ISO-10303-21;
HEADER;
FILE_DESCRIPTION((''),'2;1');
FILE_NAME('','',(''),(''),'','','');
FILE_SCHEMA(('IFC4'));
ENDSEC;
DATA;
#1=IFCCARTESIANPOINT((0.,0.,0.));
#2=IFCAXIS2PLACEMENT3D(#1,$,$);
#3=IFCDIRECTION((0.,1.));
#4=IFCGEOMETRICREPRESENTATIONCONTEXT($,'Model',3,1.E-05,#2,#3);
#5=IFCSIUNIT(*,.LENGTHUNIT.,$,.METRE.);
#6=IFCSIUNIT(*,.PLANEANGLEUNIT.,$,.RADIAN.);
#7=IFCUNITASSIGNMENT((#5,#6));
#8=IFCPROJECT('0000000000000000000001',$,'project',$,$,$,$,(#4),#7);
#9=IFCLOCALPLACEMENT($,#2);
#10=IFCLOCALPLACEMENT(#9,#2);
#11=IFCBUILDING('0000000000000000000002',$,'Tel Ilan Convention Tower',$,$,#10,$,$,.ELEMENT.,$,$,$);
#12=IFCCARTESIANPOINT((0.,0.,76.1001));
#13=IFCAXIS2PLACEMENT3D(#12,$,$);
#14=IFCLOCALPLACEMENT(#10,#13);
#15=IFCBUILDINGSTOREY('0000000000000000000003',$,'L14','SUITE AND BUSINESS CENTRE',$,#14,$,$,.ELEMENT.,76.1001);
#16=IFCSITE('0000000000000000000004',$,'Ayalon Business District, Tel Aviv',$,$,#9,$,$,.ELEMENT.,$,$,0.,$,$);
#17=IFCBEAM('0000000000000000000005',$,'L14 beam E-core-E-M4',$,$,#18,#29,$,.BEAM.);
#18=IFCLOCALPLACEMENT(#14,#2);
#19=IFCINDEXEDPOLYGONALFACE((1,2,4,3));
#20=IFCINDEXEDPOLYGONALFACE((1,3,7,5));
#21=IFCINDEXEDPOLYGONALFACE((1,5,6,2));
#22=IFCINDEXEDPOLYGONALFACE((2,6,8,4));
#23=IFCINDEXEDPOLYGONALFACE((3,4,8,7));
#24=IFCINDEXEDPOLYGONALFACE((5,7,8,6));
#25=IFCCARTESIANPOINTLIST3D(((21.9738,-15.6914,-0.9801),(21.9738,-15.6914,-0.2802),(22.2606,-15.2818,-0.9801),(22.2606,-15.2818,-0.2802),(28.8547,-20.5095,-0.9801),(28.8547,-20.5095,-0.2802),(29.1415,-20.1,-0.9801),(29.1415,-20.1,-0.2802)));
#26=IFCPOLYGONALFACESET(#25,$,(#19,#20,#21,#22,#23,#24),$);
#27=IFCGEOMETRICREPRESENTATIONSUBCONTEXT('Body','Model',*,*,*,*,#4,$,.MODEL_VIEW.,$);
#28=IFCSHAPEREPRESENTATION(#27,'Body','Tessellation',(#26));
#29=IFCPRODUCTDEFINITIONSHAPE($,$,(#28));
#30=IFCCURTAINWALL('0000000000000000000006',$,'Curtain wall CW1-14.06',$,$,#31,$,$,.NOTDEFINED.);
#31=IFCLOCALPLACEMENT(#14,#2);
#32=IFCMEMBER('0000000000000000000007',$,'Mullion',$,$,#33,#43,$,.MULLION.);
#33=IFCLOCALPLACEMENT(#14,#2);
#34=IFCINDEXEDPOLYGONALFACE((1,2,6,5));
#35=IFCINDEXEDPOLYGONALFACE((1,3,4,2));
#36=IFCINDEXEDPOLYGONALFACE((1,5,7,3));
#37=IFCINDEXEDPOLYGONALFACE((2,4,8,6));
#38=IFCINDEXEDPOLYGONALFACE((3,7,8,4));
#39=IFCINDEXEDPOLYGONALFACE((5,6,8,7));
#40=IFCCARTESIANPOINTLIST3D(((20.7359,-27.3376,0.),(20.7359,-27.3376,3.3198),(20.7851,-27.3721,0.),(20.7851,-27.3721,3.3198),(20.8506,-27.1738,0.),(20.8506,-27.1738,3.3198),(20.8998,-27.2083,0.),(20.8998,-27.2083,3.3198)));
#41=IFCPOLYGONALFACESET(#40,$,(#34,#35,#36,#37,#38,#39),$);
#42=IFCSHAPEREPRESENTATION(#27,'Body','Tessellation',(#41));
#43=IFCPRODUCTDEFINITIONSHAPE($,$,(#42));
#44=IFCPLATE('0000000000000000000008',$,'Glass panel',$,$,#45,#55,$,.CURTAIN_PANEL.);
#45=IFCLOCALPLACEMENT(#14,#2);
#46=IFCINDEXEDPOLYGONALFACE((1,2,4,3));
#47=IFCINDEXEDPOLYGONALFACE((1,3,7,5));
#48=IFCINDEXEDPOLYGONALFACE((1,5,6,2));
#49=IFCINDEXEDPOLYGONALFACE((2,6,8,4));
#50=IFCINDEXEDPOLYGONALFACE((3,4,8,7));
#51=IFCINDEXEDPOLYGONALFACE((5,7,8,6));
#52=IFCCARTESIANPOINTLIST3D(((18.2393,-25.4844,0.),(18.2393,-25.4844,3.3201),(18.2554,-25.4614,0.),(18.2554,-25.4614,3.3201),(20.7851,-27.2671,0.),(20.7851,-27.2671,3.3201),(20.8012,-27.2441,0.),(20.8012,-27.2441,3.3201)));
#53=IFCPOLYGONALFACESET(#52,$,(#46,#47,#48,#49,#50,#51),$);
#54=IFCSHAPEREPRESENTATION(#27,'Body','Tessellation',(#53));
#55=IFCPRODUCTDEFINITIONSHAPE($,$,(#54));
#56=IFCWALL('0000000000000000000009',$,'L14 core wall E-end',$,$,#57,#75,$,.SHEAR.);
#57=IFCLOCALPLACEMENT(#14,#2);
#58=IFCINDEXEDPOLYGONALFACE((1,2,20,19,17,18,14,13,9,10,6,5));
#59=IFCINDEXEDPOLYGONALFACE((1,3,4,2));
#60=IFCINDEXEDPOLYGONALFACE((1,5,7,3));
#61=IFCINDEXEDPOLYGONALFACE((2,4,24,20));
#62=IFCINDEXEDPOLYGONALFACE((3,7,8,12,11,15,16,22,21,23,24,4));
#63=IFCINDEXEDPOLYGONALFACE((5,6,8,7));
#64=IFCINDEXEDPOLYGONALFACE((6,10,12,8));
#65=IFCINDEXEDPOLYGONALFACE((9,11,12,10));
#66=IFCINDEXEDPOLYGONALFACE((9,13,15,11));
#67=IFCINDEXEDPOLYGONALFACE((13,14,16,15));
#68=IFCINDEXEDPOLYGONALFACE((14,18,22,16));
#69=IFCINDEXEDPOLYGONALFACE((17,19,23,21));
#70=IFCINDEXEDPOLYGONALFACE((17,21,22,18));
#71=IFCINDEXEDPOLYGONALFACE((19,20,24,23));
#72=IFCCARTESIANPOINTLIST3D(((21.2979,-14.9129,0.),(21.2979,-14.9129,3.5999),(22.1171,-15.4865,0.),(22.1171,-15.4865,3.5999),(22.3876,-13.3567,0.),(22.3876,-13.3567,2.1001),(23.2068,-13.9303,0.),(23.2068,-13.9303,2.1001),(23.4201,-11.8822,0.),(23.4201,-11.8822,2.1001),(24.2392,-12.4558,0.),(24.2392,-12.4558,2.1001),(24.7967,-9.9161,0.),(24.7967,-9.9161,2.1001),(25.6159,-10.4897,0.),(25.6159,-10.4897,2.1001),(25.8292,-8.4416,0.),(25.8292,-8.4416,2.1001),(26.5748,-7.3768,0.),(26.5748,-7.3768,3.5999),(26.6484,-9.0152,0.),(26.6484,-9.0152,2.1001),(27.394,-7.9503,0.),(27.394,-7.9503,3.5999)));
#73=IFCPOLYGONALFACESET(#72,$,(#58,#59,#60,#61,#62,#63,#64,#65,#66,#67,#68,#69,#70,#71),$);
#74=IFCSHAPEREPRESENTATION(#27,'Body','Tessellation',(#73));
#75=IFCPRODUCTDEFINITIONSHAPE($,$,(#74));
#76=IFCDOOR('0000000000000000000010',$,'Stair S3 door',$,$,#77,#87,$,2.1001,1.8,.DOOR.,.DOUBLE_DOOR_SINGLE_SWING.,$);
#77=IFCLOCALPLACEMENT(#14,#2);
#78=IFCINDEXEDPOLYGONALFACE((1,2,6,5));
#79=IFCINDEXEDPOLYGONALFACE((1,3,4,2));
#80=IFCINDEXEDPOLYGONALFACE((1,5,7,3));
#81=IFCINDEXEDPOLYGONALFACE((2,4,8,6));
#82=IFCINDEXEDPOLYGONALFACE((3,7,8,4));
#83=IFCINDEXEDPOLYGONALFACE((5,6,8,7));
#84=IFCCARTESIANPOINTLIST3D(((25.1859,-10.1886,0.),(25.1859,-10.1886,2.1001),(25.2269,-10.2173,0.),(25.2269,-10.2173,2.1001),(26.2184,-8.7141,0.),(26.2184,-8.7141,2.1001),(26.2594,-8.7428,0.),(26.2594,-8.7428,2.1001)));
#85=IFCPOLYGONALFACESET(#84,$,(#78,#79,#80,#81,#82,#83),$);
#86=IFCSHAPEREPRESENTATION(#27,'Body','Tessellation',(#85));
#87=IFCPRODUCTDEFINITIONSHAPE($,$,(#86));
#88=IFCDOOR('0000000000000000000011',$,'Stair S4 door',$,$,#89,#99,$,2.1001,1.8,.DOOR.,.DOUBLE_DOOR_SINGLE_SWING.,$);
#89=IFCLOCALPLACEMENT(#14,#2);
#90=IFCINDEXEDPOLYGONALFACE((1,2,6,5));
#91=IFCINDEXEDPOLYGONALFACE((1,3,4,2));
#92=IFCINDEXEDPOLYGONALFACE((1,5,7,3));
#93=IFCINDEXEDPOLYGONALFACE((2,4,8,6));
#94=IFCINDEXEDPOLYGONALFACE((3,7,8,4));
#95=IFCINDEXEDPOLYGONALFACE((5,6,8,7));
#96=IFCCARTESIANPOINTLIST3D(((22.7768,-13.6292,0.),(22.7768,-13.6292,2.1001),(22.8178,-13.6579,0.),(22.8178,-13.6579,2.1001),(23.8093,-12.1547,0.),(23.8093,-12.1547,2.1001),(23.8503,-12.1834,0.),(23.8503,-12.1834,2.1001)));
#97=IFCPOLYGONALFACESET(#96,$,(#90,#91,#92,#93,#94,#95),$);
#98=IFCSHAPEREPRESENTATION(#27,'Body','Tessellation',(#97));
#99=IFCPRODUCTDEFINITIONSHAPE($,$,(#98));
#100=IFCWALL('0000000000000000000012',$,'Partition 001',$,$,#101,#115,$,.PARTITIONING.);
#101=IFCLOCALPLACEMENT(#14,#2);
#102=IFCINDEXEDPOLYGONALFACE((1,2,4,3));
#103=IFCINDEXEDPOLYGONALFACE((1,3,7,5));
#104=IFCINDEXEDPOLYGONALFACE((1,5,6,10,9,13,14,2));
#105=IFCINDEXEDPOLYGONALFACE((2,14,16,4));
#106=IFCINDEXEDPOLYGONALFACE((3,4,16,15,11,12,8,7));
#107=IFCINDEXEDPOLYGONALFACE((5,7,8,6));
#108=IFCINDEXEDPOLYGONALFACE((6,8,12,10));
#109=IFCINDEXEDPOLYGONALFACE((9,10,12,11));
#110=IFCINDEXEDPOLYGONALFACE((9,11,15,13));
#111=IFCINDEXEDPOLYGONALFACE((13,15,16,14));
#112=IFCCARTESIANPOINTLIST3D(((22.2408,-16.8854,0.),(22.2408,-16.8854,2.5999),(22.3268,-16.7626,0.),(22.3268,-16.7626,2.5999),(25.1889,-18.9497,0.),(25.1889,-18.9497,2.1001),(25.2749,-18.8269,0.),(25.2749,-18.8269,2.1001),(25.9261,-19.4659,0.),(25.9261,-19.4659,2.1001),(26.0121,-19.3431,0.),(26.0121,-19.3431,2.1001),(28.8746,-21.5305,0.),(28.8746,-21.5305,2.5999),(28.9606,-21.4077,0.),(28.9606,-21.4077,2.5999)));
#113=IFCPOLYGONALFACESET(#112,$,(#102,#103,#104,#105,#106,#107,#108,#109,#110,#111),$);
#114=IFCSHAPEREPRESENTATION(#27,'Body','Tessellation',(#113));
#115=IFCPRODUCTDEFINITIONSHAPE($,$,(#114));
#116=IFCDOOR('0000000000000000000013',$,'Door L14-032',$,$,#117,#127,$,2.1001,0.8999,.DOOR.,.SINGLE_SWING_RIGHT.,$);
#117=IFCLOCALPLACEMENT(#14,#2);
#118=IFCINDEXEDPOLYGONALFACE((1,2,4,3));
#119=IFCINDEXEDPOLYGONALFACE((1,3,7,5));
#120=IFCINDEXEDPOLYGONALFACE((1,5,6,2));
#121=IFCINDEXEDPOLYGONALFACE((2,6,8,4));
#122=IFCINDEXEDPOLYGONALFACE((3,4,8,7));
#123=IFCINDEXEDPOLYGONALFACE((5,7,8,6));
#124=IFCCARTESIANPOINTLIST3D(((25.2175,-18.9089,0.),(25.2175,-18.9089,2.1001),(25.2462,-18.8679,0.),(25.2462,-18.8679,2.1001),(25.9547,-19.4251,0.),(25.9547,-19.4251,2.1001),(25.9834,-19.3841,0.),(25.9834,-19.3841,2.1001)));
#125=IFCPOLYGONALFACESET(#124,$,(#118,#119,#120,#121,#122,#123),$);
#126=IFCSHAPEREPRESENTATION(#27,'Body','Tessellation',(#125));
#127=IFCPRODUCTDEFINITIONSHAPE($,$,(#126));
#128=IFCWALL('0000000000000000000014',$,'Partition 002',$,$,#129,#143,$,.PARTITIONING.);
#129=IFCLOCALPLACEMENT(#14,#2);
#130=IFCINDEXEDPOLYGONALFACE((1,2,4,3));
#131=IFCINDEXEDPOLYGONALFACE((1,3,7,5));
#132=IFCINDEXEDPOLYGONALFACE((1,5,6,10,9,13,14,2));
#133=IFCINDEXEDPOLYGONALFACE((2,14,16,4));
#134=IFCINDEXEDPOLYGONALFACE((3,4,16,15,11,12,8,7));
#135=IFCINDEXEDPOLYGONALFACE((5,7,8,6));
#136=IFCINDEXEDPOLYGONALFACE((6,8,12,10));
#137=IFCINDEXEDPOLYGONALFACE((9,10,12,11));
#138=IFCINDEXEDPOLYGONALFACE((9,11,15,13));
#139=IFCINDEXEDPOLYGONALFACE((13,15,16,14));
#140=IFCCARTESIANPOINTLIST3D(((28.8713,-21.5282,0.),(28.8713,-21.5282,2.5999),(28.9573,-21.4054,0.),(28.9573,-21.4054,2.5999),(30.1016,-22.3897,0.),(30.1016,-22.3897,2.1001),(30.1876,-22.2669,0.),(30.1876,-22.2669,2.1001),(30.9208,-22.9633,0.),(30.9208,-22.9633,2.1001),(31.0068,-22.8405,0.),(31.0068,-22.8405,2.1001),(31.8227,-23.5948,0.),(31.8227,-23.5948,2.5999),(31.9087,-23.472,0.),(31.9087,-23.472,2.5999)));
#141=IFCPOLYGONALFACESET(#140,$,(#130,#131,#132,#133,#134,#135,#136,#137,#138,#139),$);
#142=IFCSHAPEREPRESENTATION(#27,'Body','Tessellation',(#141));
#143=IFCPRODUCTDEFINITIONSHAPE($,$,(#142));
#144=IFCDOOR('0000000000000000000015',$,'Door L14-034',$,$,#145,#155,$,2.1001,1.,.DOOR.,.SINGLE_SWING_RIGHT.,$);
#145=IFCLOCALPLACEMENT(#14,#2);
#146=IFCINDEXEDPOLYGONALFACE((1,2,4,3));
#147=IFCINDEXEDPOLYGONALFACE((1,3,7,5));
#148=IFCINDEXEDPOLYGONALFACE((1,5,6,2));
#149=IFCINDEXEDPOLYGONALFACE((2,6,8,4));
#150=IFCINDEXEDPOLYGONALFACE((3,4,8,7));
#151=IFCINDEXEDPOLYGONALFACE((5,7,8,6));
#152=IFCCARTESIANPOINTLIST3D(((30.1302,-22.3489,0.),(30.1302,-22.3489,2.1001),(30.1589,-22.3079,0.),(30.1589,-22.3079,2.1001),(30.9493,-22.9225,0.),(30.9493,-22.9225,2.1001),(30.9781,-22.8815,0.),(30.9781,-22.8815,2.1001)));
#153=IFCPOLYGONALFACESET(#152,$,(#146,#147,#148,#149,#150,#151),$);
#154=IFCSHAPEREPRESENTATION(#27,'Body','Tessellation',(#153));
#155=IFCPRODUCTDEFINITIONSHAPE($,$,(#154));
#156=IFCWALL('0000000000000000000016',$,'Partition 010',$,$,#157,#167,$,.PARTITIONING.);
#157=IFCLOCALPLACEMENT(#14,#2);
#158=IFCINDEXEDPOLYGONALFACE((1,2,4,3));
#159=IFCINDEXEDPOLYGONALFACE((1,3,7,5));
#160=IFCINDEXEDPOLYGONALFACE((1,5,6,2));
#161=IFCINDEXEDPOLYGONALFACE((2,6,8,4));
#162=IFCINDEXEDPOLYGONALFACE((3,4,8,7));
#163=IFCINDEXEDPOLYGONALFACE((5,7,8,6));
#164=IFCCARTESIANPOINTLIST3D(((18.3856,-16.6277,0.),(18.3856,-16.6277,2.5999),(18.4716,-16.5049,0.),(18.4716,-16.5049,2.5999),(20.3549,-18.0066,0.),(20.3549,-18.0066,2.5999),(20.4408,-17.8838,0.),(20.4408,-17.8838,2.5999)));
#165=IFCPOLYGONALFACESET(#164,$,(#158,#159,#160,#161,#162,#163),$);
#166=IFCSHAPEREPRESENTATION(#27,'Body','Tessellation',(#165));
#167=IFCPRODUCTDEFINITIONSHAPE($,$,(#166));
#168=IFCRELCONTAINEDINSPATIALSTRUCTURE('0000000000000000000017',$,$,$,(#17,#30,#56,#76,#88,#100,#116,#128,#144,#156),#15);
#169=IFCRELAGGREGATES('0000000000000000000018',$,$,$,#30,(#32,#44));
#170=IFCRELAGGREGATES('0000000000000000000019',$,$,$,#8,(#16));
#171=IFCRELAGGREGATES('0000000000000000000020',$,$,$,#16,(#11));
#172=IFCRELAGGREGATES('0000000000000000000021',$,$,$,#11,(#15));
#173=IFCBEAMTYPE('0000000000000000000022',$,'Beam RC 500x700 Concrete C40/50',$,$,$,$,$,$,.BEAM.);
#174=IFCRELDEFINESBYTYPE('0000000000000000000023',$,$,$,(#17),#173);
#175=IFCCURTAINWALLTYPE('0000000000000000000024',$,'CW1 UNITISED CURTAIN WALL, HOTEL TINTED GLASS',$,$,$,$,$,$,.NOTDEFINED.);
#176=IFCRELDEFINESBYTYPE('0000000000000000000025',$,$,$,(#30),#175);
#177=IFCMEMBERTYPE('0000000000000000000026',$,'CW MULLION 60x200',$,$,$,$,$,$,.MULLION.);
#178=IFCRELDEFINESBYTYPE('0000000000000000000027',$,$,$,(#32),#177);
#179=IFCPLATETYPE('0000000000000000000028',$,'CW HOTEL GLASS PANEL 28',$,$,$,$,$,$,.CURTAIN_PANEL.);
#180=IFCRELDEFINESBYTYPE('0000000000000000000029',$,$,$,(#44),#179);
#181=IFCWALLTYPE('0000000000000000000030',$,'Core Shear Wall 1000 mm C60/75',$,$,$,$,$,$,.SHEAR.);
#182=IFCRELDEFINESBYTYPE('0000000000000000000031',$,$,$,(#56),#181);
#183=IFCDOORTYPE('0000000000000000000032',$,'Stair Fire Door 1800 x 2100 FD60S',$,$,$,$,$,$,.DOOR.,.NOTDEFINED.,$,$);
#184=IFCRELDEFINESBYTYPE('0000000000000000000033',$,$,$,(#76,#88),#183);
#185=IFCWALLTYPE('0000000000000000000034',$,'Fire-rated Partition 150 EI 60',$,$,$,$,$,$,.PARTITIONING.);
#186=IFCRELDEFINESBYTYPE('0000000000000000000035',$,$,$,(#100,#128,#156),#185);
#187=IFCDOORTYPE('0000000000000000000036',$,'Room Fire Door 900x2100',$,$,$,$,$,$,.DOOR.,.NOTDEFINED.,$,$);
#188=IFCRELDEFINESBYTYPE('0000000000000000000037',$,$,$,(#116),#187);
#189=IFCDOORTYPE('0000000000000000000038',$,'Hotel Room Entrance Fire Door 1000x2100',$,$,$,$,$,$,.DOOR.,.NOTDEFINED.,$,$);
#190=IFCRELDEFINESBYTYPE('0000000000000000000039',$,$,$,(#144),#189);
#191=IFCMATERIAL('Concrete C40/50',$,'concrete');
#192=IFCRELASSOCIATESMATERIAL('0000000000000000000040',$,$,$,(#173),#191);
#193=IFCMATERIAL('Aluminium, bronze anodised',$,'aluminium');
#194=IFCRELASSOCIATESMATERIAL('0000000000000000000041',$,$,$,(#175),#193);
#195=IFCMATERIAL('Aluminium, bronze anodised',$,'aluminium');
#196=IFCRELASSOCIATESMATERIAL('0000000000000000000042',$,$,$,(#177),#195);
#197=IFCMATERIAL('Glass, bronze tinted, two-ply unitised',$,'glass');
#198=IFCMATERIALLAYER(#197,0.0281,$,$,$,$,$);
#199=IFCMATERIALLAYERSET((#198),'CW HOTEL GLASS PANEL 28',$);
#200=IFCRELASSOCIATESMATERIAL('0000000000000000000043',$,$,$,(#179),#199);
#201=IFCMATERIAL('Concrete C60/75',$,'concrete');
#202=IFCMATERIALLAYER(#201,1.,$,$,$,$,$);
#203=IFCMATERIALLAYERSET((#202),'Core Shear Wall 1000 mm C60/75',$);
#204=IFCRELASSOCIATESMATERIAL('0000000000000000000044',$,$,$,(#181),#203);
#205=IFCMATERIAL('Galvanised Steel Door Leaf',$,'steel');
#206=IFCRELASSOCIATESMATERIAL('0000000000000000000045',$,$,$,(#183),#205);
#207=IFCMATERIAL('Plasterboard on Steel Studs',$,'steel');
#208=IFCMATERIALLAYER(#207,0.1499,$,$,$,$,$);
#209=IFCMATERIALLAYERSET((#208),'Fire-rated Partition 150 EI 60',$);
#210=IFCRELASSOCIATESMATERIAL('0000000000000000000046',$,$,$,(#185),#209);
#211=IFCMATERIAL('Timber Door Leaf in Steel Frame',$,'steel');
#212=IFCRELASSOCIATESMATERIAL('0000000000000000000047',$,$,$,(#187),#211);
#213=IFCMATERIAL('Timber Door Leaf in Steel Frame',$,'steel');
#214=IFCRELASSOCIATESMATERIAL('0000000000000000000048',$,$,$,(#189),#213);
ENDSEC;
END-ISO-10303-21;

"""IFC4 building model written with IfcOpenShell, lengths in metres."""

from ifc_helpers import new_model, si_unit, direction, frame, frame_2d, origin, origin_2d, place, context, subcontext, project, spatial, polyline, rectangle, outline, extrude, material, layer, layer_set, material_profile, profile_set, type_object, element, fill, aggregate, save


model = new_model("IFC4")

# Units and contexts
model_context = context("Model", 3, precision=1e-05, world=origin(), true_north=direction((0.0, 1.0)))
body_context = subcontext(model_context, "Body", "Model", "MODEL_VIEW")
ifc_project = project(units=[si_unit("LENGTHUNIT", "METRE"), si_unit("PLANEANGLEUNIT", "RADIAN")], contexts=[model_context])

# Site, building, storey
site_placement = place(None, origin())
site = spatial("IfcSite", under=ifc_project, at=site_placement, Name="Ayalon Business District, Tel Aviv", CompositionType="ELEMENT", RefElevation=0.0)
building_placement = place(site_placement, origin())
building = spatial("IfcBuilding", under=site, at=building_placement, Name="Tel Ilan Convention Tower", CompositionType="ELEMENT")
storey_placement = place(building_placement, frame((0.0, 0.0, 76.1001)))
storey = spatial("IfcBuildingStorey", under=building, at=storey_placement, Name="L14", Description="SUITE AND BUSINESS CENTRE", CompositionType="ELEMENT", Elevation=76.1001)

# Beam
ifc_material_1 = material(Name="Concrete C40/50", Category="concrete")
ifc_material_profile_1 = material_profile(ifc_material_1, rectangle(XDim=0.5, YDim=0.7, at=origin_2d()), Name="RC 500x700")
ifc_profile_set_1 = profile_set([ifc_material_profile_1], Name="Concrete C40/50")
beam_type = type_object("IfcBeamType", Name="Beam RC 500x700 Concrete C40/50", PredefinedType="BEAM", material=ifc_profile_set_1)
beam_placement = place(storey_placement, frame((22.1172, -15.4866, -0.6301), z_axis=(0.819147, -0.573583, 0.0), x_axis=(0.573583, 0.819147, 0.0)))
element("IfcBeam", 1, at=beam_placement, inside=storey, type_object=beam_type, Name="L14 beam E-core-E-M4", PredefinedType="BEAM", context=body_context, shape_type="SweptSolid", body=[
    extrude(rectangle(XDim=0.5, YDim=0.7, at=origin_2d()), origin(), (0.0, 0.0, 1.0), 8.4001),
])

# Curtain wall, member, plate
ifc_material_2 = material(Name="Aluminium, bronze anodised", Category="aluminium")
curtain_wall_type = type_object("IfcCurtainWallType", Name="CW1 UNITISED CURTAIN WALL, HOTEL TINTED GLASS", PredefinedType="NOTDEFINED", material=ifc_material_2)
curtain_wall_placement = place(storey_placement, origin())
curtain_wall = element("IfcCurtainWall", 2, at=curtain_wall_placement, inside=storey, type_object=curtain_wall_type, Name="Curtain wall CW1-14.06", PredefinedType="NOTDEFINED")
ifc_material_3 = material(Name="Aluminium, bronze anodised", Category="aluminium")
ifc_material_profile_2 = material_profile(ifc_material_3, rectangle(XDim=0.0601, YDim=0.2, at=origin_2d()), Name="CW MULLION 60x200")
ifc_profile_set_2 = profile_set([ifc_material_profile_2], Name="Aluminium, bronze anodised")
member_type = type_object("IfcMemberType", Name="CW MULLION 60x200", PredefinedType="MULLION", material=ifc_profile_set_2)
member_placement = place(storey_placement, frame((20.8179, -27.2729, 0.0), z_axis=(0.0, 0.0, 1.0), x_axis=(0.819152, -0.573576, 0.0)))
member = element("IfcMember", 3, at=member_placement, type_object=member_type, Name="Mullion", PredefinedType="MULLION", context=body_context, shape_type="SweptSolid", body=[
    extrude(rectangle(XDim=0.0601, YDim=0.2, at=origin_2d()), origin(), (0.0, 0.0, 1.0), 3.3198),
])
ifc_material_4 = material(Name="Glass, bronze tinted, two-ply unitised", Category="glass")
ifc_layer_1 = layer(ifc_material_4, 0.0281)
ifc_layer_set_1 = layer_set([ifc_layer_1], Name="CW HOTEL GLASS PANEL 28")
plate_type = type_object("IfcPlateType", Name="CW HOTEL GLASS PANEL 28", PredefinedType="CURTAIN_PANEL", material=ifc_layer_set_1)
plate_placement = place(storey_placement, frame((19.5203, -26.3643, 0.0), z_axis=(0.0, 0.0, 1.0), x_axis=(0.819152, -0.573576, 0.0)))
plate = element("IfcPlate", 4, at=plate_placement, type_object=plate_type, Name="Glass panel", PredefinedType="CURTAIN_PANEL", context=body_context, shape_type="SweptSolid", body=[
    extrude(rectangle(XDim=3.1079, YDim=0.0281, at=origin_2d()), origin(), (0.0, 0.0, 1.0), 3.3201),
])
aggregate(curtain_wall, [member, plate])

# Wall, openings, doors
ifc_material_5 = material(Name="Concrete C60/75", Category="concrete")
ifc_layer_2 = layer(ifc_material_5, 1.0)
ifc_layer_set_2 = layer_set([ifc_layer_2], Name="Core Shear Wall 1000 mm C60/75")
wall_type_1 = type_object("IfcWallType", Name="Core Shear Wall 1000 mm C60/75", PredefinedType="SHEAR", material=ifc_layer_set_2)
wall_1_placement = place(storey_placement, frame((21.7075, -15.1997, 0.0), z_axis=(0.0, 0.0, 1.0), x_axis=(0.573576, 0.819152, 0.0)))
wall_1 = element("IfcWall", 5, at=wall_1_placement, inside=storey, type_object=wall_type_1, Name="L14 core wall E-end", PredefinedType="SHEAR", context=body_context, shape_type="SweptSolid", body=[
    extrude(outline(polyline([(9.2, 0.5), (0.0, 0.5), (0.0, -0.5), (9.2, -0.5), (9.2, 0.5)])), origin(), (0.0, 0.0, 1.0), 3.5999),
])
opening_1_placement = place(wall_1_placement, frame((6.1001, 0.0, 0.0)))
opening_1 = element("IfcOpeningElement", 6, at=opening_1_placement, cuts=wall_1, PredefinedType="OPENING", context=body_context, shape_type="SweptSolid", body=[
    extrude(rectangle(XDim=1.8, YDim=2.1001, at=frame_2d((0.8999, 1.05))), frame((0.0, 0.51, 0.0), z_axis=(0.0, -1.0, 0.0), x_axis=(1.0, 0.0, 0.0)), (0.0, 0.0, 1.0), 1.02),
])
opening_2_placement = place(wall_1_placement, frame((1.8999, 0.0, 0.0)))
opening_2 = element("IfcOpeningElement", 7, at=opening_2_placement, cuts=wall_1, PredefinedType="OPENING", context=body_context, shape_type="SweptSolid", body=[
    extrude(rectangle(XDim=1.8, YDim=2.1001, at=frame_2d((0.8999, 1.05))), frame((0.0, 0.51, 0.0), z_axis=(0.0, -1.0, 0.0), x_axis=(1.0, 0.0, 0.0)), (0.0, 0.0, 1.0), 1.02),
])
ifc_material_6 = material(Name="Galvanised Steel Door Leaf", Category="steel")
door_type_1 = type_object("IfcDoorType", Name="Stair Fire Door 1800 x 2100 FD60S", OperationType="NOTDEFINED", PredefinedType="DOOR", material=ifc_material_6)
door_1_placement = place(opening_1_placement, origin())
door_1 = element("IfcDoor", 8, at=door_1_placement, inside=storey, type_object=door_type_1, Name="Stair S3 door", OperationType="DOUBLE_DOOR_SINGLE_SWING", OverallHeight=2.1001, OverallWidth=1.8, PredefinedType="DOOR", context=body_context, shape_type="SweptSolid", body=[
    extrude(rectangle(XDim=1.8, YDim=2.1001, at=frame_2d((0.8999, 1.05))), frame((0.0, 0.0249, 0.0), z_axis=(0.0, -1.0, 0.0), x_axis=(1.0, 0.0, 0.0)), (0.0, 0.0, 1.0), 0.05),
])
fill(opening_1, door_1)
door_2_placement = place(opening_2_placement, origin())
door_2 = element("IfcDoor", 9, at=door_2_placement, inside=storey, type_object=door_type_1, Name="Stair S4 door", OperationType="DOUBLE_DOOR_SINGLE_SWING", OverallHeight=2.1001, OverallWidth=1.8, PredefinedType="DOOR", context=body_context, shape_type="SweptSolid", body=[
    extrude(rectangle(XDim=1.8, YDim=2.1001, at=frame_2d((0.8999, 1.05))), frame((0.0, 0.0249, 0.0), z_axis=(0.0, -1.0, 0.0), x_axis=(1.0, 0.0, 0.0)), (0.0, 0.0, 1.0), 0.05),
])
fill(opening_2, door_2)

# Walls, openings, doors
ifc_material_7 = material(Name="Plasterboard on Steel Studs", Category="steel")
ifc_layer_3 = layer(ifc_material_7, 0.1499)
ifc_layer_set_3 = layer_set([ifc_layer_3], Name="Fire-rated Partition 150 EI 60")
wall_type_2 = type_object("IfcWallType", Name="Fire-rated Partition 150 EI 60", PredefinedType="PARTITIONING", material=ifc_layer_set_3)
wall_2_placement = place(storey_placement, frame((22.2837, -16.824, 0.0), z_axis=(0.0, 0.0, 1.0), x_axis=(0.819153, -0.573576, 0.0)))
wall_2 = element("IfcWall", 10, at=wall_2_placement, inside=storey, type_object=wall_type_2, Name="Partition 001", PredefinedType="PARTITIONING", context=body_context, shape_type="SweptSolid", body=[
    extrude(rectangle(XDim=8.0984, YDim=0.1499, at=frame_2d((4.0493, 0.0))), origin(), (0.0, 0.0, 1.0), 2.5999),
])
opening_3_placement = place(wall_2_placement, frame((3.5991, 0.0, 0.0)))
opening_3 = element("IfcOpeningElement", 11, at=opening_3_placement, cuts=wall_2, PredefinedType="OPENING", context=body_context, shape_type="SweptSolid", body=[
    extrude(rectangle(XDim=0.8999, YDim=2.1001, at=frame_2d((0.45, 1.05))), frame((0.0, 0.085, 0.0), z_axis=(0.0, -1.0, 0.0), x_axis=(1.0, 0.0, 0.0)), (0.0, 0.0, 1.0), 0.1699),
])
ifc_material_8 = material(Name="Timber Door Leaf in Steel Frame", Category="steel")
door_type_2 = type_object("IfcDoorType", Name="Room Fire Door 900x2100", OperationType="NOTDEFINED", PredefinedType="DOOR", material=ifc_material_8)
door_3_placement = place(opening_3_placement, origin())
door_3 = element("IfcDoor", 12, at=door_3_placement, inside=storey, type_object=door_type_2, Name="Door L14-032", OperationType="SINGLE_SWING_RIGHT", OverallHeight=2.1001, OverallWidth=0.8999, PredefinedType="DOOR", context=body_context, shape_type="SweptSolid", body=[
    extrude(rectangle(XDim=0.8999, YDim=2.1001, at=frame_2d((0.45, 1.05))), frame((0.0, 0.0249, 0.0), z_axis=(0.0, -1.0, 0.0), x_axis=(1.0, 0.0, 0.0)), (0.0, 0.0, 1.0), 0.05),
])
fill(opening_3, door_3)
wall_3_placement = place(storey_placement, frame((28.9143, -21.4668, 0.0), z_axis=(0.0, 0.0, 1.0), x_axis=(0.819146, -0.573585, 0.0)))
wall_3 = element("IfcWall", 13, at=wall_3_placement, inside=storey, type_object=wall_type_2, Name="Partition 002", PredefinedType="PARTITIONING", context=body_context, shape_type="SweptSolid", body=[
    extrude(rectangle(XDim=3.603, YDim=0.1499, at=frame_2d((1.8015, 0.0))), origin(), (0.0, 0.0, 1.0), 2.5999),
])
opening_4_placement = place(wall_3_placement, frame((1.502, 0.0, 0.0)))
opening_4 = element("IfcOpeningElement", 14, at=opening_4_placement, cuts=wall_3, PredefinedType="OPENING", context=body_context, shape_type="SweptSolid", body=[
    extrude(rectangle(XDim=1.0, YDim=2.1001, at=frame_2d((0.5, 1.05))), frame((0.0, 0.085, 0.0), z_axis=(0.0, -1.0, 0.0), x_axis=(1.0, 0.0, 0.0)), (0.0, 0.0, 1.0), 0.1699),
])
ifc_material_9 = material(Name="Timber Door Leaf in Steel Frame", Category="steel")
door_type_3 = type_object("IfcDoorType", Name="Hotel Room Entrance Fire Door 1000x2100", OperationType="NOTDEFINED", PredefinedType="DOOR", material=ifc_material_9)
door_4_placement = place(opening_4_placement, origin())
door_4 = element("IfcDoor", 15, at=door_4_placement, inside=storey, type_object=door_type_3, Name="Door L14-034", OperationType="SINGLE_SWING_RIGHT", OverallHeight=2.1001, OverallWidth=1.0, PredefinedType="DOOR", context=body_context, shape_type="SweptSolid", body=[
    extrude(rectangle(XDim=1.0, YDim=2.1001, at=frame_2d((0.5, 1.05))), frame((0.0, 0.0249, 0.0), z_axis=(0.0, -1.0, 0.0), x_axis=(1.0, 0.0, 0.0)), (0.0, 0.0, 1.0), 0.05),
])
fill(opening_4, door_4)

# Wall
wall_4_placement = place(storey_placement, frame((20.3979, -17.9453, 0.0), z_axis=(0.0, 0.0, 1.0), x_axis=(-0.819146, 0.573585, 0.0)))
element("IfcWall", 16, at=wall_4_placement, inside=storey, type_object=wall_type_2, Name="Partition 010", PredefinedType="PARTITIONING", context=body_context, shape_type="SweptSolid", body=[
    extrude(rectangle(XDim=2.4041, YDim=0.1499, at=frame_2d((1.2021, 0.0))), origin(), (0.0, 0.0, 1.0), 2.5999),
])

save(model, "model.ifc")
